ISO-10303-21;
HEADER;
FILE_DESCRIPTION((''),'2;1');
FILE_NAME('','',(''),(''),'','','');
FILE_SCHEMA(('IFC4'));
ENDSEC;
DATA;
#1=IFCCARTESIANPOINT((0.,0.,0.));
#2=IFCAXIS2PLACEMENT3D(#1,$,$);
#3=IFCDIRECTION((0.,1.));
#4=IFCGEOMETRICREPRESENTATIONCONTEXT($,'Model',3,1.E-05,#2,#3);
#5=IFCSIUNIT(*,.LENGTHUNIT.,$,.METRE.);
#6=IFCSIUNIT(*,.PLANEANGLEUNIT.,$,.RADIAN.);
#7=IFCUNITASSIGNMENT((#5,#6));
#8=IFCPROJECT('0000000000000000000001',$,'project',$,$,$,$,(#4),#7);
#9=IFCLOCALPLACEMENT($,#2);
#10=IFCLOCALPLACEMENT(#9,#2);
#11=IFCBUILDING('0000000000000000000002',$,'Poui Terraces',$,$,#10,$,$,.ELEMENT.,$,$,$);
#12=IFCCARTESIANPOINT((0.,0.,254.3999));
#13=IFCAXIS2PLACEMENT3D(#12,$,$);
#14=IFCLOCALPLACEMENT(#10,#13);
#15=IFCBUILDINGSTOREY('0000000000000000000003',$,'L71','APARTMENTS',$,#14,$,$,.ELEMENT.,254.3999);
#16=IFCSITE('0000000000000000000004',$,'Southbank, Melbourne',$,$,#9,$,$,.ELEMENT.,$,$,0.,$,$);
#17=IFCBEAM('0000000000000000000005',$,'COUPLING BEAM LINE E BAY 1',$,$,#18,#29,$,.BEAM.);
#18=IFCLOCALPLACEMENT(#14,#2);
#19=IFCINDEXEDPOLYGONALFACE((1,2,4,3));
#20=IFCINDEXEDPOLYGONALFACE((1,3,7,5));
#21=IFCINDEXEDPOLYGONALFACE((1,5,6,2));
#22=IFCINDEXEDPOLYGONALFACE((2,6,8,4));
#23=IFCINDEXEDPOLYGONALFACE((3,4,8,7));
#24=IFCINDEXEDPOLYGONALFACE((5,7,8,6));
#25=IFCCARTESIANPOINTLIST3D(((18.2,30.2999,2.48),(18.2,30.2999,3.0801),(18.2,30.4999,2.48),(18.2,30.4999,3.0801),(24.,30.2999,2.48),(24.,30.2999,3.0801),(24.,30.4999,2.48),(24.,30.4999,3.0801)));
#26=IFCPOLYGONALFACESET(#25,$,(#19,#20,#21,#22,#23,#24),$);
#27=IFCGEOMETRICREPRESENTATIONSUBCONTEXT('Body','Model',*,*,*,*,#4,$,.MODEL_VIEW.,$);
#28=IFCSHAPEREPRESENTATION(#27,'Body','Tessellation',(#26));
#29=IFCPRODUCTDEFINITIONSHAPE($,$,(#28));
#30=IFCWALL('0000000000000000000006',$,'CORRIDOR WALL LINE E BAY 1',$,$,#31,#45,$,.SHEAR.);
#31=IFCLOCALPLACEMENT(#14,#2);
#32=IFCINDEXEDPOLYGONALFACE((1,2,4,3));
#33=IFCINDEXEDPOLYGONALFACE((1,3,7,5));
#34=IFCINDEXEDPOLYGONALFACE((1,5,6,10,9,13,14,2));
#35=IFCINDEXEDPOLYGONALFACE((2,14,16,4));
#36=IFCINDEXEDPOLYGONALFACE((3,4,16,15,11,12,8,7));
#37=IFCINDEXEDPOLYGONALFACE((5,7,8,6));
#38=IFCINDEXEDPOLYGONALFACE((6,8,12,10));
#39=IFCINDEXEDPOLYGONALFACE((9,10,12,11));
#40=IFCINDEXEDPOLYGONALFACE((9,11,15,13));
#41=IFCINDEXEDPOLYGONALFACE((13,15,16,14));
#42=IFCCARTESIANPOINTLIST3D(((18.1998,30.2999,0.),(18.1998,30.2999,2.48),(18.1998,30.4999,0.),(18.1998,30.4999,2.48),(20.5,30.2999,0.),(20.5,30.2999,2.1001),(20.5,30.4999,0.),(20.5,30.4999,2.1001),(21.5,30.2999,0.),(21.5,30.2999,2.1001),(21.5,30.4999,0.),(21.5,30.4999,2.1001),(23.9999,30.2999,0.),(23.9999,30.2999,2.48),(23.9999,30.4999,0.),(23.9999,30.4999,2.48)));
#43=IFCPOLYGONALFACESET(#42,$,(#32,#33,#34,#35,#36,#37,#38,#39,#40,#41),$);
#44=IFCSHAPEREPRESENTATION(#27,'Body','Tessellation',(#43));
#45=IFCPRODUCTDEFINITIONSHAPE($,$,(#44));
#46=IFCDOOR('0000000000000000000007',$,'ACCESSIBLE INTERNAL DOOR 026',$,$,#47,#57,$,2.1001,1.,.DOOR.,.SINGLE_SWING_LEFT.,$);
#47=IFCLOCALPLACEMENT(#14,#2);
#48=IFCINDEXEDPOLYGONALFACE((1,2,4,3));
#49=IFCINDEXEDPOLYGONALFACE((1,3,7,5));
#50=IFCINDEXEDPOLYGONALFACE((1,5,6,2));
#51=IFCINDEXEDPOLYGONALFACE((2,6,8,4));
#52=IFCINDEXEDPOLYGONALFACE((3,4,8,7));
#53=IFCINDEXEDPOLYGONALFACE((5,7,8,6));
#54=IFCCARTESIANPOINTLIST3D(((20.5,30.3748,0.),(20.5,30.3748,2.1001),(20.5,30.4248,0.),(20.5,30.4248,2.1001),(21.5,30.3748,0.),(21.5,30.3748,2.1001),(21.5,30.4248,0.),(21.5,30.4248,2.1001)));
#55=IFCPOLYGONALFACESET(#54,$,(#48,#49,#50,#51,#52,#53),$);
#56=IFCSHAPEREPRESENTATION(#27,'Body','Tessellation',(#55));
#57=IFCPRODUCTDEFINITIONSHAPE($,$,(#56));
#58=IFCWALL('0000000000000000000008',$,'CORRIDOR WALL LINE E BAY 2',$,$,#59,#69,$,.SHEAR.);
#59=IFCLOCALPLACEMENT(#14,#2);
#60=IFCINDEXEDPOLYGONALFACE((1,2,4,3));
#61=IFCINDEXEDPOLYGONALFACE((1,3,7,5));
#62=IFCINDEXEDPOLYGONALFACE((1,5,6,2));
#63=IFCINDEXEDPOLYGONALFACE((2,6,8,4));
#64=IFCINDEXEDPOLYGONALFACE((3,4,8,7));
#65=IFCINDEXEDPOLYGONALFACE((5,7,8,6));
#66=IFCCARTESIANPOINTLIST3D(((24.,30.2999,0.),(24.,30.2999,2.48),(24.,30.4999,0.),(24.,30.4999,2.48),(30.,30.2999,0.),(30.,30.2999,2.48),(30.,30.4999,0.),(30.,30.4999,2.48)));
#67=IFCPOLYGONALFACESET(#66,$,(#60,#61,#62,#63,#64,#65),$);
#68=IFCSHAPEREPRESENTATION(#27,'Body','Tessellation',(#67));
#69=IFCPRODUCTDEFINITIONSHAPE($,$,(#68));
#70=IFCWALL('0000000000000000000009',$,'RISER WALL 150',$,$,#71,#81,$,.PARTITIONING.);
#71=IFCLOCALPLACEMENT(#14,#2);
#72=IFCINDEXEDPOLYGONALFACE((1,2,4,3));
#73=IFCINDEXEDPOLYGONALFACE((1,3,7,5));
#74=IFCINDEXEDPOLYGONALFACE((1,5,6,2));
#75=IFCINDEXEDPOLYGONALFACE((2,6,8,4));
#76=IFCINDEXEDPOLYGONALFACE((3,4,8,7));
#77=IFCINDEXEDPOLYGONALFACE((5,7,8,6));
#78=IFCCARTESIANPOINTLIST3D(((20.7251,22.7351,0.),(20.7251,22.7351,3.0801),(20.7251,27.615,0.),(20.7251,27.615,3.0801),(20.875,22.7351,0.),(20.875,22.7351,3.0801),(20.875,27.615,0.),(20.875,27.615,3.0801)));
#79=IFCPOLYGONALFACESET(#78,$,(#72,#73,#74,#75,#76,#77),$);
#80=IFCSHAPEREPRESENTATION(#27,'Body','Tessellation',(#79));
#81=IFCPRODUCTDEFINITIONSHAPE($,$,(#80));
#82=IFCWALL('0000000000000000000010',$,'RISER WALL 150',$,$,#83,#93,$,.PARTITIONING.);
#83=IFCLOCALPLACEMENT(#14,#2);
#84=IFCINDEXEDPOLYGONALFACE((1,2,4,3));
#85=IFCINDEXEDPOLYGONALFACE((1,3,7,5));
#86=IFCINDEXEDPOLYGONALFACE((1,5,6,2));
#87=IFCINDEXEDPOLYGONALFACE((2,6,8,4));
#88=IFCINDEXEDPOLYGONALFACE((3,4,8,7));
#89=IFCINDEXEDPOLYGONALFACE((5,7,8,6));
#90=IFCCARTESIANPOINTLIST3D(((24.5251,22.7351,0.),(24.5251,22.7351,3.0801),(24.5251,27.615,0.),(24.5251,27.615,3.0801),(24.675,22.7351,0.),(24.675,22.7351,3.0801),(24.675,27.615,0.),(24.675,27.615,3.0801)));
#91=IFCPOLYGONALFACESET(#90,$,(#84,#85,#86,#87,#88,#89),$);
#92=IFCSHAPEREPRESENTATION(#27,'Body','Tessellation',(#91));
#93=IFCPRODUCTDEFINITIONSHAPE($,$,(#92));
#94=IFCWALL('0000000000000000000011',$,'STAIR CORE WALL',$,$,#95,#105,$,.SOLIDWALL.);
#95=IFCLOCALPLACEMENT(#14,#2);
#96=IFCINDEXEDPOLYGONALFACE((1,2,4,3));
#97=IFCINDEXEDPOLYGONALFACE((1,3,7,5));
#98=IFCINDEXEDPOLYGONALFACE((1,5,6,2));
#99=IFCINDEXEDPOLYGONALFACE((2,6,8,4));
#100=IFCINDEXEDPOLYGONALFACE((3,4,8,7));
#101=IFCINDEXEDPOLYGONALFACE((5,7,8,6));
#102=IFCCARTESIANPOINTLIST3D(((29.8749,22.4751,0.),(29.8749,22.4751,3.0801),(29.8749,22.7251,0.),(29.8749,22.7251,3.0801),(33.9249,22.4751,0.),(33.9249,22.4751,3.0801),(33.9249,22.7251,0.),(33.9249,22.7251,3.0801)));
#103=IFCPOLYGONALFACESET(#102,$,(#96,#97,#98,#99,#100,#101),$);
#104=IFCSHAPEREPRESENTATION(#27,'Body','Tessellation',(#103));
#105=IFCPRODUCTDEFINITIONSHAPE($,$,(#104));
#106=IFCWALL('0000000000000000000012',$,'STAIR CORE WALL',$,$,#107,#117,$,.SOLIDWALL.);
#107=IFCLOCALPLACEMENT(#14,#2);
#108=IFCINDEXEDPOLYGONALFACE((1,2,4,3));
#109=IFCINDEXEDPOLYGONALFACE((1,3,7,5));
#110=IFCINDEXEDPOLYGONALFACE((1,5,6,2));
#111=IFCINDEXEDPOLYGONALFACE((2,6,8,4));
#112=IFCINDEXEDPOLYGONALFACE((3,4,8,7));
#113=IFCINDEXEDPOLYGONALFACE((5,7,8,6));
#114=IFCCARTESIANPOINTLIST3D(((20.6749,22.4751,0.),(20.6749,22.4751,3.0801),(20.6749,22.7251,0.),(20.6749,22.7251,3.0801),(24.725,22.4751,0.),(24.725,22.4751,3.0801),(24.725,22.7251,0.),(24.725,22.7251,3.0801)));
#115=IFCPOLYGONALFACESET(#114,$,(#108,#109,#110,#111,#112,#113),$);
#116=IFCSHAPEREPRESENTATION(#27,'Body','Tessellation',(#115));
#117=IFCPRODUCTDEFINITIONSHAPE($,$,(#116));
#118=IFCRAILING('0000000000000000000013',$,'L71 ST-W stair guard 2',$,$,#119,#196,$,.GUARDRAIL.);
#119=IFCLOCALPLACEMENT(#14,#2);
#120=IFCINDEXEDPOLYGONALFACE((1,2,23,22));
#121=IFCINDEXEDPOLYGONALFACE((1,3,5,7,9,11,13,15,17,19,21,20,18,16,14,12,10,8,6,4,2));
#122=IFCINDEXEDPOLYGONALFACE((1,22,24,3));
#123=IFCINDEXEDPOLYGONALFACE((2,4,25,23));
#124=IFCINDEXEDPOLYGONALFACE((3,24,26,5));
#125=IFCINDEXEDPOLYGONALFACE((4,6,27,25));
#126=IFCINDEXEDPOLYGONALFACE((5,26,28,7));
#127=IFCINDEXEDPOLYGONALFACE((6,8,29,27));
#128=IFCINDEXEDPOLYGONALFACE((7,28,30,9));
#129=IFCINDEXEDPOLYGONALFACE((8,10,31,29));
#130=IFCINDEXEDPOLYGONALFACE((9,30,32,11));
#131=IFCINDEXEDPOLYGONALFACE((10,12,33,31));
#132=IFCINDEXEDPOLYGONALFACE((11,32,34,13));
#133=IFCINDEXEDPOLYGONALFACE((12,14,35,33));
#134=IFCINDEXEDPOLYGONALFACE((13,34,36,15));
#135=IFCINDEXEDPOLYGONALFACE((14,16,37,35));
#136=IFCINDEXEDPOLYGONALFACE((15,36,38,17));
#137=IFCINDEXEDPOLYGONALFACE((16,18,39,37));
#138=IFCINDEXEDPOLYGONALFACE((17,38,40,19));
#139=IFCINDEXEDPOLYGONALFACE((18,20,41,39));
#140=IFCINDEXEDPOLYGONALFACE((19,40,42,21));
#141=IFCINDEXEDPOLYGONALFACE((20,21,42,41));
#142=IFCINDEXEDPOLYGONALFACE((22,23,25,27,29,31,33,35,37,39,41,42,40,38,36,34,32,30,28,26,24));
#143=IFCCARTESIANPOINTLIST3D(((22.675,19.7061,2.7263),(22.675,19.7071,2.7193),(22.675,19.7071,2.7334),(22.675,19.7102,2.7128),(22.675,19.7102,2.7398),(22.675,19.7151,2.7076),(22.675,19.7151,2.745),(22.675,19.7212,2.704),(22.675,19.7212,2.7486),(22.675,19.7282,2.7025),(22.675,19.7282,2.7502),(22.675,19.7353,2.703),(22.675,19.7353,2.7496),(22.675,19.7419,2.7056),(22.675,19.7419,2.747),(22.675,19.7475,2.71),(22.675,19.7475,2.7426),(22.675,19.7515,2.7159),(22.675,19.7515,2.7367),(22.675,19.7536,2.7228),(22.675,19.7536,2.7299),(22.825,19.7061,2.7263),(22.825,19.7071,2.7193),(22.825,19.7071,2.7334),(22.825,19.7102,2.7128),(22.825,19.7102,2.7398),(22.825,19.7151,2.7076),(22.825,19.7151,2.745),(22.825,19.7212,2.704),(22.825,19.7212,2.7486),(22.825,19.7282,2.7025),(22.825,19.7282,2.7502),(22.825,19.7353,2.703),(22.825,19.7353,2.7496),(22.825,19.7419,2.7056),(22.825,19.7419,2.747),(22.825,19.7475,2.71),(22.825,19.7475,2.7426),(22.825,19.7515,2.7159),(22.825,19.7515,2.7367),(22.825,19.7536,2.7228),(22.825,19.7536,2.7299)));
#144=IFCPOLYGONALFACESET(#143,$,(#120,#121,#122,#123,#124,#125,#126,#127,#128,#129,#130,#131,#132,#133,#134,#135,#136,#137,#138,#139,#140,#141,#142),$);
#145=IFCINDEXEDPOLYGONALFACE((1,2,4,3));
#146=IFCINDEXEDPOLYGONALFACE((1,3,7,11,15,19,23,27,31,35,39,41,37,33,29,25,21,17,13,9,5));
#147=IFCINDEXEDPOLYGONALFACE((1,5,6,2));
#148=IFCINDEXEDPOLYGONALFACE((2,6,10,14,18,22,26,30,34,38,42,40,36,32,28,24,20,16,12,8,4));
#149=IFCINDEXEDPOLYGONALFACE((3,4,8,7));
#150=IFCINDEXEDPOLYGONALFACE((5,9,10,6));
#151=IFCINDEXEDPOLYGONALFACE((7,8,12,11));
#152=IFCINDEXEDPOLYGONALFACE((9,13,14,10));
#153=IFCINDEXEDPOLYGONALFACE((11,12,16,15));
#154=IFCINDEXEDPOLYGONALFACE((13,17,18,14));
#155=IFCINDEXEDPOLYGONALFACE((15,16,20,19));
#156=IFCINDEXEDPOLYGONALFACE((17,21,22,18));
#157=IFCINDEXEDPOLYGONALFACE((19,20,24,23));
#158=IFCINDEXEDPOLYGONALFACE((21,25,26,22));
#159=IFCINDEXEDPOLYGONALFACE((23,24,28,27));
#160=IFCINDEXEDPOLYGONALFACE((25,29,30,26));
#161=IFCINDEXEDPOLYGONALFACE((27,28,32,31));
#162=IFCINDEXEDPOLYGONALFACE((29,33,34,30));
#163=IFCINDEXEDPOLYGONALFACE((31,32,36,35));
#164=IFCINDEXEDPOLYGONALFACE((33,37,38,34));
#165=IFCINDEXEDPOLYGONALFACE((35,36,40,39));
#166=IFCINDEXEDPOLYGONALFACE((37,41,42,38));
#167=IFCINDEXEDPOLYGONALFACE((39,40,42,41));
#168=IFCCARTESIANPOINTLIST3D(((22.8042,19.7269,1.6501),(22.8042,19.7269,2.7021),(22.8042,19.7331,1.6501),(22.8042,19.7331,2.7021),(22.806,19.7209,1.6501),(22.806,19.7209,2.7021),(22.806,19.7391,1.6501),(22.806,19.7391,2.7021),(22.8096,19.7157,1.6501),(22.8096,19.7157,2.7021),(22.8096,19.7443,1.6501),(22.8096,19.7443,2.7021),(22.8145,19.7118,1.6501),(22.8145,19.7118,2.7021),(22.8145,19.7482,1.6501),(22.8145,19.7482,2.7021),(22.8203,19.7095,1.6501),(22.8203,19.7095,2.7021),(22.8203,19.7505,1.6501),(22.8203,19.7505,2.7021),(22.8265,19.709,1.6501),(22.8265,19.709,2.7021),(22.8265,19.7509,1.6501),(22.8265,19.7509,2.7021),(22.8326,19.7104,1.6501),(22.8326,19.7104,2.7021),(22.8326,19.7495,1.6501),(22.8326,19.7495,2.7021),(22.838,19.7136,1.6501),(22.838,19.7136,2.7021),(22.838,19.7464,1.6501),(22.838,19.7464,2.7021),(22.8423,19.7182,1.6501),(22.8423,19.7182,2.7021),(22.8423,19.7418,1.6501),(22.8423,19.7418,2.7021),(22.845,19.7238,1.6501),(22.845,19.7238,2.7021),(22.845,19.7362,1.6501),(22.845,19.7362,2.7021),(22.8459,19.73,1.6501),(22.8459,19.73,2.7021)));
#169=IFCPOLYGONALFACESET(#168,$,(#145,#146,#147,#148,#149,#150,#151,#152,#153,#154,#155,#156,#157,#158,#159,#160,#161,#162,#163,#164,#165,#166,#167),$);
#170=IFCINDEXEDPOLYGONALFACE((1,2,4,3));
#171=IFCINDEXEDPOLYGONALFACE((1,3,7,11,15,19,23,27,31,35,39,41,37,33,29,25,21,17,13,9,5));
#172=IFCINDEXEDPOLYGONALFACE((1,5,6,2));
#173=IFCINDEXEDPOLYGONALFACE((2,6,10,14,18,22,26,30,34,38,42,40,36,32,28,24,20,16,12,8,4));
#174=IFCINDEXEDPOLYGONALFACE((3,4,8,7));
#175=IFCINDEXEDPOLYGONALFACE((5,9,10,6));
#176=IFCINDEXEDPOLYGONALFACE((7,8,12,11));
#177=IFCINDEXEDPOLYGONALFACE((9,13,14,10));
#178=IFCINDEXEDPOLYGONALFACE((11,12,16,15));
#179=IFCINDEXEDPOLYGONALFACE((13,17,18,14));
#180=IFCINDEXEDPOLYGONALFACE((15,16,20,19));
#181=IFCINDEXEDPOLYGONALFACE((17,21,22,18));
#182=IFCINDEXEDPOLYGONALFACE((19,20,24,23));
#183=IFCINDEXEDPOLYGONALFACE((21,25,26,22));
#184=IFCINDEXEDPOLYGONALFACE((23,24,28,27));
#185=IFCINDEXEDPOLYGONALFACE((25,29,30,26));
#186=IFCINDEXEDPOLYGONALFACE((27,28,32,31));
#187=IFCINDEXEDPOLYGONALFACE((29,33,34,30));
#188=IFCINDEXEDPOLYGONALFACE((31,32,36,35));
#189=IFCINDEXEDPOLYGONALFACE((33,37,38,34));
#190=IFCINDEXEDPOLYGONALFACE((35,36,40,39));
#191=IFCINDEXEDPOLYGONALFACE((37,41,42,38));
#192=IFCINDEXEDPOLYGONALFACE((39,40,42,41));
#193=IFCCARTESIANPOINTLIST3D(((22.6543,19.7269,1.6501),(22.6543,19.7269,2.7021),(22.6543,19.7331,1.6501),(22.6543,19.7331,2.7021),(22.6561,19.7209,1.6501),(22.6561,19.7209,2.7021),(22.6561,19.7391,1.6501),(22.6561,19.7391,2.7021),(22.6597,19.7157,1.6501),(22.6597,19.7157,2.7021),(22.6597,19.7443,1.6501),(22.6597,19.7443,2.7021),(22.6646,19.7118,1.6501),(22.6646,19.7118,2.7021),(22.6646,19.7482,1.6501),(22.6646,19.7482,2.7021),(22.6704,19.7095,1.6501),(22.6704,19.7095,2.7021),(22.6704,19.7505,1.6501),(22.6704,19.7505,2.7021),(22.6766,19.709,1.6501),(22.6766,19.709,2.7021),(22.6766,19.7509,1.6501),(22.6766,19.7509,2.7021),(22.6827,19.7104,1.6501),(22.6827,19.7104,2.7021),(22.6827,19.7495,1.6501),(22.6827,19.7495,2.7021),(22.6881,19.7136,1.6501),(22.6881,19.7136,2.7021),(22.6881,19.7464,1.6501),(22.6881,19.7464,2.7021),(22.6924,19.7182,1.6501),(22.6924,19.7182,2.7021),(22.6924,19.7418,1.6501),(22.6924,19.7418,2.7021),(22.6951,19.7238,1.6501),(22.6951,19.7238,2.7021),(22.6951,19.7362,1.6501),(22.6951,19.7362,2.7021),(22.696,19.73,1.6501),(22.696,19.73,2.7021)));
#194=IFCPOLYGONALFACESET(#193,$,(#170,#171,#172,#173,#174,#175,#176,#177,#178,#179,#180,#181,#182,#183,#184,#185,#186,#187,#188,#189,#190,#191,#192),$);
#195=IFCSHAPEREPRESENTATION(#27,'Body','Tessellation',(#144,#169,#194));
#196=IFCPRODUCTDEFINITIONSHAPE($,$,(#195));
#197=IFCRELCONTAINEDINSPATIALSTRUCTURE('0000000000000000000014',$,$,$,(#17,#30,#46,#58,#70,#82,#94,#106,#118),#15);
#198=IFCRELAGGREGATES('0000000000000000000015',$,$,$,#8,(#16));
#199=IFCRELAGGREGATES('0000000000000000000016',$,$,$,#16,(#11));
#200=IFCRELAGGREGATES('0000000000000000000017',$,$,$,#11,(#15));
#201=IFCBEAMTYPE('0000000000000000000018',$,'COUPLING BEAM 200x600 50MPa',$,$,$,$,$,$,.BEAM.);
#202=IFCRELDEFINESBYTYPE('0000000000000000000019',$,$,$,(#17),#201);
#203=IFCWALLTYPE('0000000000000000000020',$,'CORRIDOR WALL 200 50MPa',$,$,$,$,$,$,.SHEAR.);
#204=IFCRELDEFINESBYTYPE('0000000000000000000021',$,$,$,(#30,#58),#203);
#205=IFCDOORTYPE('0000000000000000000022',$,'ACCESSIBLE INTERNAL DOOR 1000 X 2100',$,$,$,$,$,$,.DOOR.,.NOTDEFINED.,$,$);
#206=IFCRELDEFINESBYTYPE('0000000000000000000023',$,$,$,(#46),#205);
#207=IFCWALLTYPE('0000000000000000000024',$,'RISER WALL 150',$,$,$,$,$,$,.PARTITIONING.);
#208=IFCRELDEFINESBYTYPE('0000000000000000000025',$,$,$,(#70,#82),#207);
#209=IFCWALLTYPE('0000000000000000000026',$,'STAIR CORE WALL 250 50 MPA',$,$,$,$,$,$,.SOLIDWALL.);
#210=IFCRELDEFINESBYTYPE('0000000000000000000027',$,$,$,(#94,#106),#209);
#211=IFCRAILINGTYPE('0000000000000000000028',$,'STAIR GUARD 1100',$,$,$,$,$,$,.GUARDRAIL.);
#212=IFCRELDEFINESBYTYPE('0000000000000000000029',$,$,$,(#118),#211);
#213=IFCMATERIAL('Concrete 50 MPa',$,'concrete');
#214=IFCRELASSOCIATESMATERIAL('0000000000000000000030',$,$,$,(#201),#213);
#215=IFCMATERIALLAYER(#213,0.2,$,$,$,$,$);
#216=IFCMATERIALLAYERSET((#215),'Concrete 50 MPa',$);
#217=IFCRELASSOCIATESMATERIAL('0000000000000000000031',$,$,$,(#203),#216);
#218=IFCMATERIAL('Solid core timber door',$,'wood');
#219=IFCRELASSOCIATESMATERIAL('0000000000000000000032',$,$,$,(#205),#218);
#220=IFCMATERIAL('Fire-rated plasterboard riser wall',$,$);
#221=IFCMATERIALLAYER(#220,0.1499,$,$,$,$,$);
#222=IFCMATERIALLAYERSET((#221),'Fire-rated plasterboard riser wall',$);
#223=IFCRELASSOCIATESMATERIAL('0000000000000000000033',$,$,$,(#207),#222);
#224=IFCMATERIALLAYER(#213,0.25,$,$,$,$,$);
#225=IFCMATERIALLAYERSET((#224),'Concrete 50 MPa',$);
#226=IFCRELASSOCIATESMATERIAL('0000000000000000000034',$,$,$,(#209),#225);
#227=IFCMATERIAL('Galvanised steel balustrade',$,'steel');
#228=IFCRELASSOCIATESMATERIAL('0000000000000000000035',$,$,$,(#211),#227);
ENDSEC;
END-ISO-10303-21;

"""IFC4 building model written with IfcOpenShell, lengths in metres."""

from ifc_helpers import new_model, si_unit, direction, frame, frame_2d, origin, origin_2d, place, context, subcontext, project, spatial, rectangle, circle, extrude, source, transform, mapped, material, layer, layer_set, material_profile, profile_set, type_object, element, fill, save


model = new_model("IFC4")

# Units and contexts
model_context = context("Model", 3, precision=1e-05, world=origin(), true_north=direction((0.0, 1.0)))
body_context = subcontext(model_context, "Body", "Model", "MODEL_VIEW")
ifc_project = project(units=[si_unit("LENGTHUNIT", "METRE"), si_unit("PLANEANGLEUNIT", "RADIAN")], contexts=[model_context])

# Site, building, storey
site_placement = place(None, origin())
site = spatial("IfcSite", under=ifc_project, at=site_placement, Name="Southbank, Melbourne", CompositionType="ELEMENT", RefElevation=0.0)
building_placement = place(site_placement, origin())
building = spatial("IfcBuilding", under=site, at=building_placement, Name="Poui Terraces", CompositionType="ELEMENT")
storey_placement = place(building_placement, frame((0.0, 0.0, 254.3999)))
storey = spatial("IfcBuildingStorey", under=building, at=storey_placement, Name="L71", Description="APARTMENTS", CompositionType="ELEMENT", Elevation=254.3999)

# Beam
ifc_material_1 = material(Name="Concrete 50 MPa", Category="concrete")
ifc_material_profile = material_profile(ifc_material_1, rectangle(XDim=0.2, YDim=0.6001, at=origin_2d()), Name="RC 200x600")
ifc_profile_set = profile_set([ifc_material_profile], Name="Concrete 50 MPa")
beam_type = type_object("IfcBeamType", Name="COUPLING BEAM 200x600 50MPa", PredefinedType="BEAM", material=ifc_profile_set)
shared_shape = source(origin(), body_context, "Body", "SweptSolid", [
    extrude(rectangle(XDim=0.2, YDim=0.6001, at=origin_2d()), origin(), (0.0, 0.0, 1.0), 5.8),
])
beam_placement = place(storey_placement, frame((18.2, 30.3999, 2.78), z_axis=(1.0, 0.0, 0.0), x_axis=(0.0, 1.0, 0.0)))
element("IfcBeam", 1, at=beam_placement, inside=storey, type_object=beam_type, Name="COUPLING BEAM LINE E BAY 1", PredefinedType="BEAM", context=body_context, shape_type="MappedRepresentation", body=[
    mapped(shared_shape, transform((0.0, 0.0, 0.0))),
])

# Wall, opening, door
ifc_layer_1 = layer(ifc_material_1, 0.2)
ifc_layer_set_1 = layer_set([ifc_layer_1], Name="Concrete 50 MPa")
wall_type_1 = type_object("IfcWallType", Name="CORRIDOR WALL 200 50MPa", PredefinedType="SHEAR", material=ifc_layer_set_1)
wall_1_placement = place(storey_placement, frame((18.2, 30.3999, 0.0), z_axis=(0.0, 0.0, 1.0), x_axis=(1.0, 0.0, 0.0)))
wall_1 = element("IfcWall", 2, at=wall_1_placement, inside=storey, type_object=wall_type_1, Name="CORRIDOR WALL LINE E BAY 1", PredefinedType="SHEAR", context=body_context, shape_type="SweptSolid", body=[
    extrude(rectangle(XDim=5.8, YDim=0.2, at=frame_2d((2.8999, 0.0))), origin(), (0.0, 0.0, 1.0), 2.48),
])
opening_1_placement = place(wall_1_placement, frame((2.3, 0.0, 0.0)))
opening_1 = element("IfcOpeningElement", 3, at=opening_1_placement, cuts=wall_1, PredefinedType="OPENING", context=body_context, shape_type="SweptSolid", body=[
    extrude(rectangle(XDim=1.0, YDim=2.1001, at=frame_2d((0.5, 1.05))), frame((0.0, 0.1099, 0.0), z_axis=(0.0, -1.0, 0.0), x_axis=(1.0, 0.0, 0.0)), (0.0, 0.0, 1.0), 0.22),
])
ifc_material_2 = material(Name="Solid core timber door", Category="wood")
door_type_1 = type_object("IfcDoorType", Name="ACCESSIBLE INTERNAL DOOR 1000 X 2100", OperationType="NOTDEFINED", PredefinedType="DOOR", material=ifc_material_2)
door_1_placement = place(opening_1_placement, origin())
door_1 = element("IfcDoor", 4, at=door_1_placement, inside=storey, type_object=door_type_1, Name="ACCESSIBLE INTERNAL DOOR 026", OperationType="SINGLE_SWING_LEFT", OverallHeight=2.1001, OverallWidth=1.0, PredefinedType="DOOR", context=body_context, shape_type="SweptSolid", body=[
    extrude(rectangle(XDim=1.0, YDim=2.1001, at=frame_2d((0.5, 1.05))), frame((0.0, 0.0249, 0.0), z_axis=(0.0, -1.0, 0.0), x_axis=(1.0, 0.0, 0.0)), (0.0, 0.0, 1.0), 0.05),
])
fill(opening_1, door_1)

# Walls
wall_2_placement = place(storey_placement, frame((24.0, 30.3999, 0.0), z_axis=(0.0, 0.0, 1.0), x_axis=(1.0, 0.0, 0.0)))
element("IfcWall", 5, at=wall_2_placement, inside=storey, type_object=wall_type_1, Name="CORRIDOR WALL LINE E BAY 2", PredefinedType="SHEAR", context=body_context, shape_type="SweptSolid", body=[
    extrude(rectangle(XDim=6.0, YDim=0.2, at=frame_2d((3.0, 0.0))), origin(), (0.0, 0.0, 1.0), 2.48),
])
ifc_material_3 = material(Name="Fire-rated plasterboard riser wall")
ifc_layer_2 = layer(ifc_material_3, 0.1499)
ifc_layer_set_2 = layer_set([ifc_layer_2], Name="Fire-rated plasterboard riser wall")
wall_type_2 = type_object("IfcWallType", Name="RISER WALL 150", PredefinedType="PARTITIONING", material=ifc_layer_set_2)
for number, where, z_axis, x_axis, name in (
    (6, (20.8, 22.7351, 0.0), (0.0, 0.0, 1.0), (0.0, 1.0, 0.0), "RISER WALL 150"),
    (7, (24.6001, 22.7351, 0.0), (0.0, 0.0, 1.0), (0.0, 1.0, 0.0), "RISER WALL 150"),
):
    element("IfcWall", number, at=place(storey_placement, frame(where, z_axis=z_axis, x_axis=x_axis)), inside=storey, type_object=wall_type_2, Name=name, PredefinedType="PARTITIONING", context=body_context, shape_type="SweptSolid", body=[
        extrude(rectangle(XDim=4.8799, YDim=0.1499, at=frame_2d((2.4399, 0.0))), origin(), (0.0, 0.0, 1.0), 3.0801),
    ])

# Walls
ifc_layer_3 = layer(ifc_material_1, 0.25)
ifc_layer_set_3 = layer_set([ifc_layer_3], Name="Concrete 50 MPa")
wall_type_3 = type_object("IfcWallType", Name="STAIR CORE WALL 250 50 MPA", PredefinedType="SOLIDWALL", material=ifc_layer_set_3)
for number, where, z_axis, x_axis, name in (
    (8, (29.875, 22.6001, 0.0), (0.0, 0.0, 1.0), (1.0, 0.0, 0.0), "STAIR CORE WALL"),
    (9, (20.675, 22.6001, 0.0), (0.0, 0.0, 1.0), (1.0, 0.0, 0.0), "STAIR CORE WALL"),
):
    element("IfcWall", number, at=place(storey_placement, frame(where, z_axis=z_axis, x_axis=x_axis)), inside=storey, type_object=wall_type_3, Name=name, PredefinedType="SOLIDWALL", context=body_context, shape_type="SweptSolid", body=[
        extrude(rectangle(XDim=4.05, YDim=0.25, at=frame_2d((2.0249, 0.0))), origin(), (0.0, 0.0, 1.0), 3.0801),
    ])

# Railing
ifc_material_4 = material(Name="Galvanised steel balustrade", Category="steel")
railing_type = type_object("IfcRailingType", Name="STAIR GUARD 1100", PredefinedType="GUARDRAIL", material=ifc_material_4)
railing_placement = place(storey_placement, frame((22.825, 19.73, 1.6501)))
element("IfcRailing", 10, at=railing_placement, inside=storey, type_object=railing_type, Name="L71 ST-W stair guard 2", PredefinedType="GUARDRAIL", context=body_context, shape_type="SweptSolid", body=[
    extrude(circle(Radius=0.0239, at=origin_2d()), frame((0.0, 0.0, 1.0762), z_axis=(-1.0, 0.0, 0.0), x_axis=(0.0, -1.0, 0.0)), (0.0, 0.0, 1.0), 0.1499),
    extrude(circle(Radius=0.021, at=origin_2d()), origin(), (0.0, 0.0, 1.0), 1.052),
    extrude(circle(Radius=0.021, at=origin_2d()), frame((-0.1499, 0.0, 0.0)), (0.0, 0.0, 1.0), 1.052),
])

save(model, "model.ifc")
